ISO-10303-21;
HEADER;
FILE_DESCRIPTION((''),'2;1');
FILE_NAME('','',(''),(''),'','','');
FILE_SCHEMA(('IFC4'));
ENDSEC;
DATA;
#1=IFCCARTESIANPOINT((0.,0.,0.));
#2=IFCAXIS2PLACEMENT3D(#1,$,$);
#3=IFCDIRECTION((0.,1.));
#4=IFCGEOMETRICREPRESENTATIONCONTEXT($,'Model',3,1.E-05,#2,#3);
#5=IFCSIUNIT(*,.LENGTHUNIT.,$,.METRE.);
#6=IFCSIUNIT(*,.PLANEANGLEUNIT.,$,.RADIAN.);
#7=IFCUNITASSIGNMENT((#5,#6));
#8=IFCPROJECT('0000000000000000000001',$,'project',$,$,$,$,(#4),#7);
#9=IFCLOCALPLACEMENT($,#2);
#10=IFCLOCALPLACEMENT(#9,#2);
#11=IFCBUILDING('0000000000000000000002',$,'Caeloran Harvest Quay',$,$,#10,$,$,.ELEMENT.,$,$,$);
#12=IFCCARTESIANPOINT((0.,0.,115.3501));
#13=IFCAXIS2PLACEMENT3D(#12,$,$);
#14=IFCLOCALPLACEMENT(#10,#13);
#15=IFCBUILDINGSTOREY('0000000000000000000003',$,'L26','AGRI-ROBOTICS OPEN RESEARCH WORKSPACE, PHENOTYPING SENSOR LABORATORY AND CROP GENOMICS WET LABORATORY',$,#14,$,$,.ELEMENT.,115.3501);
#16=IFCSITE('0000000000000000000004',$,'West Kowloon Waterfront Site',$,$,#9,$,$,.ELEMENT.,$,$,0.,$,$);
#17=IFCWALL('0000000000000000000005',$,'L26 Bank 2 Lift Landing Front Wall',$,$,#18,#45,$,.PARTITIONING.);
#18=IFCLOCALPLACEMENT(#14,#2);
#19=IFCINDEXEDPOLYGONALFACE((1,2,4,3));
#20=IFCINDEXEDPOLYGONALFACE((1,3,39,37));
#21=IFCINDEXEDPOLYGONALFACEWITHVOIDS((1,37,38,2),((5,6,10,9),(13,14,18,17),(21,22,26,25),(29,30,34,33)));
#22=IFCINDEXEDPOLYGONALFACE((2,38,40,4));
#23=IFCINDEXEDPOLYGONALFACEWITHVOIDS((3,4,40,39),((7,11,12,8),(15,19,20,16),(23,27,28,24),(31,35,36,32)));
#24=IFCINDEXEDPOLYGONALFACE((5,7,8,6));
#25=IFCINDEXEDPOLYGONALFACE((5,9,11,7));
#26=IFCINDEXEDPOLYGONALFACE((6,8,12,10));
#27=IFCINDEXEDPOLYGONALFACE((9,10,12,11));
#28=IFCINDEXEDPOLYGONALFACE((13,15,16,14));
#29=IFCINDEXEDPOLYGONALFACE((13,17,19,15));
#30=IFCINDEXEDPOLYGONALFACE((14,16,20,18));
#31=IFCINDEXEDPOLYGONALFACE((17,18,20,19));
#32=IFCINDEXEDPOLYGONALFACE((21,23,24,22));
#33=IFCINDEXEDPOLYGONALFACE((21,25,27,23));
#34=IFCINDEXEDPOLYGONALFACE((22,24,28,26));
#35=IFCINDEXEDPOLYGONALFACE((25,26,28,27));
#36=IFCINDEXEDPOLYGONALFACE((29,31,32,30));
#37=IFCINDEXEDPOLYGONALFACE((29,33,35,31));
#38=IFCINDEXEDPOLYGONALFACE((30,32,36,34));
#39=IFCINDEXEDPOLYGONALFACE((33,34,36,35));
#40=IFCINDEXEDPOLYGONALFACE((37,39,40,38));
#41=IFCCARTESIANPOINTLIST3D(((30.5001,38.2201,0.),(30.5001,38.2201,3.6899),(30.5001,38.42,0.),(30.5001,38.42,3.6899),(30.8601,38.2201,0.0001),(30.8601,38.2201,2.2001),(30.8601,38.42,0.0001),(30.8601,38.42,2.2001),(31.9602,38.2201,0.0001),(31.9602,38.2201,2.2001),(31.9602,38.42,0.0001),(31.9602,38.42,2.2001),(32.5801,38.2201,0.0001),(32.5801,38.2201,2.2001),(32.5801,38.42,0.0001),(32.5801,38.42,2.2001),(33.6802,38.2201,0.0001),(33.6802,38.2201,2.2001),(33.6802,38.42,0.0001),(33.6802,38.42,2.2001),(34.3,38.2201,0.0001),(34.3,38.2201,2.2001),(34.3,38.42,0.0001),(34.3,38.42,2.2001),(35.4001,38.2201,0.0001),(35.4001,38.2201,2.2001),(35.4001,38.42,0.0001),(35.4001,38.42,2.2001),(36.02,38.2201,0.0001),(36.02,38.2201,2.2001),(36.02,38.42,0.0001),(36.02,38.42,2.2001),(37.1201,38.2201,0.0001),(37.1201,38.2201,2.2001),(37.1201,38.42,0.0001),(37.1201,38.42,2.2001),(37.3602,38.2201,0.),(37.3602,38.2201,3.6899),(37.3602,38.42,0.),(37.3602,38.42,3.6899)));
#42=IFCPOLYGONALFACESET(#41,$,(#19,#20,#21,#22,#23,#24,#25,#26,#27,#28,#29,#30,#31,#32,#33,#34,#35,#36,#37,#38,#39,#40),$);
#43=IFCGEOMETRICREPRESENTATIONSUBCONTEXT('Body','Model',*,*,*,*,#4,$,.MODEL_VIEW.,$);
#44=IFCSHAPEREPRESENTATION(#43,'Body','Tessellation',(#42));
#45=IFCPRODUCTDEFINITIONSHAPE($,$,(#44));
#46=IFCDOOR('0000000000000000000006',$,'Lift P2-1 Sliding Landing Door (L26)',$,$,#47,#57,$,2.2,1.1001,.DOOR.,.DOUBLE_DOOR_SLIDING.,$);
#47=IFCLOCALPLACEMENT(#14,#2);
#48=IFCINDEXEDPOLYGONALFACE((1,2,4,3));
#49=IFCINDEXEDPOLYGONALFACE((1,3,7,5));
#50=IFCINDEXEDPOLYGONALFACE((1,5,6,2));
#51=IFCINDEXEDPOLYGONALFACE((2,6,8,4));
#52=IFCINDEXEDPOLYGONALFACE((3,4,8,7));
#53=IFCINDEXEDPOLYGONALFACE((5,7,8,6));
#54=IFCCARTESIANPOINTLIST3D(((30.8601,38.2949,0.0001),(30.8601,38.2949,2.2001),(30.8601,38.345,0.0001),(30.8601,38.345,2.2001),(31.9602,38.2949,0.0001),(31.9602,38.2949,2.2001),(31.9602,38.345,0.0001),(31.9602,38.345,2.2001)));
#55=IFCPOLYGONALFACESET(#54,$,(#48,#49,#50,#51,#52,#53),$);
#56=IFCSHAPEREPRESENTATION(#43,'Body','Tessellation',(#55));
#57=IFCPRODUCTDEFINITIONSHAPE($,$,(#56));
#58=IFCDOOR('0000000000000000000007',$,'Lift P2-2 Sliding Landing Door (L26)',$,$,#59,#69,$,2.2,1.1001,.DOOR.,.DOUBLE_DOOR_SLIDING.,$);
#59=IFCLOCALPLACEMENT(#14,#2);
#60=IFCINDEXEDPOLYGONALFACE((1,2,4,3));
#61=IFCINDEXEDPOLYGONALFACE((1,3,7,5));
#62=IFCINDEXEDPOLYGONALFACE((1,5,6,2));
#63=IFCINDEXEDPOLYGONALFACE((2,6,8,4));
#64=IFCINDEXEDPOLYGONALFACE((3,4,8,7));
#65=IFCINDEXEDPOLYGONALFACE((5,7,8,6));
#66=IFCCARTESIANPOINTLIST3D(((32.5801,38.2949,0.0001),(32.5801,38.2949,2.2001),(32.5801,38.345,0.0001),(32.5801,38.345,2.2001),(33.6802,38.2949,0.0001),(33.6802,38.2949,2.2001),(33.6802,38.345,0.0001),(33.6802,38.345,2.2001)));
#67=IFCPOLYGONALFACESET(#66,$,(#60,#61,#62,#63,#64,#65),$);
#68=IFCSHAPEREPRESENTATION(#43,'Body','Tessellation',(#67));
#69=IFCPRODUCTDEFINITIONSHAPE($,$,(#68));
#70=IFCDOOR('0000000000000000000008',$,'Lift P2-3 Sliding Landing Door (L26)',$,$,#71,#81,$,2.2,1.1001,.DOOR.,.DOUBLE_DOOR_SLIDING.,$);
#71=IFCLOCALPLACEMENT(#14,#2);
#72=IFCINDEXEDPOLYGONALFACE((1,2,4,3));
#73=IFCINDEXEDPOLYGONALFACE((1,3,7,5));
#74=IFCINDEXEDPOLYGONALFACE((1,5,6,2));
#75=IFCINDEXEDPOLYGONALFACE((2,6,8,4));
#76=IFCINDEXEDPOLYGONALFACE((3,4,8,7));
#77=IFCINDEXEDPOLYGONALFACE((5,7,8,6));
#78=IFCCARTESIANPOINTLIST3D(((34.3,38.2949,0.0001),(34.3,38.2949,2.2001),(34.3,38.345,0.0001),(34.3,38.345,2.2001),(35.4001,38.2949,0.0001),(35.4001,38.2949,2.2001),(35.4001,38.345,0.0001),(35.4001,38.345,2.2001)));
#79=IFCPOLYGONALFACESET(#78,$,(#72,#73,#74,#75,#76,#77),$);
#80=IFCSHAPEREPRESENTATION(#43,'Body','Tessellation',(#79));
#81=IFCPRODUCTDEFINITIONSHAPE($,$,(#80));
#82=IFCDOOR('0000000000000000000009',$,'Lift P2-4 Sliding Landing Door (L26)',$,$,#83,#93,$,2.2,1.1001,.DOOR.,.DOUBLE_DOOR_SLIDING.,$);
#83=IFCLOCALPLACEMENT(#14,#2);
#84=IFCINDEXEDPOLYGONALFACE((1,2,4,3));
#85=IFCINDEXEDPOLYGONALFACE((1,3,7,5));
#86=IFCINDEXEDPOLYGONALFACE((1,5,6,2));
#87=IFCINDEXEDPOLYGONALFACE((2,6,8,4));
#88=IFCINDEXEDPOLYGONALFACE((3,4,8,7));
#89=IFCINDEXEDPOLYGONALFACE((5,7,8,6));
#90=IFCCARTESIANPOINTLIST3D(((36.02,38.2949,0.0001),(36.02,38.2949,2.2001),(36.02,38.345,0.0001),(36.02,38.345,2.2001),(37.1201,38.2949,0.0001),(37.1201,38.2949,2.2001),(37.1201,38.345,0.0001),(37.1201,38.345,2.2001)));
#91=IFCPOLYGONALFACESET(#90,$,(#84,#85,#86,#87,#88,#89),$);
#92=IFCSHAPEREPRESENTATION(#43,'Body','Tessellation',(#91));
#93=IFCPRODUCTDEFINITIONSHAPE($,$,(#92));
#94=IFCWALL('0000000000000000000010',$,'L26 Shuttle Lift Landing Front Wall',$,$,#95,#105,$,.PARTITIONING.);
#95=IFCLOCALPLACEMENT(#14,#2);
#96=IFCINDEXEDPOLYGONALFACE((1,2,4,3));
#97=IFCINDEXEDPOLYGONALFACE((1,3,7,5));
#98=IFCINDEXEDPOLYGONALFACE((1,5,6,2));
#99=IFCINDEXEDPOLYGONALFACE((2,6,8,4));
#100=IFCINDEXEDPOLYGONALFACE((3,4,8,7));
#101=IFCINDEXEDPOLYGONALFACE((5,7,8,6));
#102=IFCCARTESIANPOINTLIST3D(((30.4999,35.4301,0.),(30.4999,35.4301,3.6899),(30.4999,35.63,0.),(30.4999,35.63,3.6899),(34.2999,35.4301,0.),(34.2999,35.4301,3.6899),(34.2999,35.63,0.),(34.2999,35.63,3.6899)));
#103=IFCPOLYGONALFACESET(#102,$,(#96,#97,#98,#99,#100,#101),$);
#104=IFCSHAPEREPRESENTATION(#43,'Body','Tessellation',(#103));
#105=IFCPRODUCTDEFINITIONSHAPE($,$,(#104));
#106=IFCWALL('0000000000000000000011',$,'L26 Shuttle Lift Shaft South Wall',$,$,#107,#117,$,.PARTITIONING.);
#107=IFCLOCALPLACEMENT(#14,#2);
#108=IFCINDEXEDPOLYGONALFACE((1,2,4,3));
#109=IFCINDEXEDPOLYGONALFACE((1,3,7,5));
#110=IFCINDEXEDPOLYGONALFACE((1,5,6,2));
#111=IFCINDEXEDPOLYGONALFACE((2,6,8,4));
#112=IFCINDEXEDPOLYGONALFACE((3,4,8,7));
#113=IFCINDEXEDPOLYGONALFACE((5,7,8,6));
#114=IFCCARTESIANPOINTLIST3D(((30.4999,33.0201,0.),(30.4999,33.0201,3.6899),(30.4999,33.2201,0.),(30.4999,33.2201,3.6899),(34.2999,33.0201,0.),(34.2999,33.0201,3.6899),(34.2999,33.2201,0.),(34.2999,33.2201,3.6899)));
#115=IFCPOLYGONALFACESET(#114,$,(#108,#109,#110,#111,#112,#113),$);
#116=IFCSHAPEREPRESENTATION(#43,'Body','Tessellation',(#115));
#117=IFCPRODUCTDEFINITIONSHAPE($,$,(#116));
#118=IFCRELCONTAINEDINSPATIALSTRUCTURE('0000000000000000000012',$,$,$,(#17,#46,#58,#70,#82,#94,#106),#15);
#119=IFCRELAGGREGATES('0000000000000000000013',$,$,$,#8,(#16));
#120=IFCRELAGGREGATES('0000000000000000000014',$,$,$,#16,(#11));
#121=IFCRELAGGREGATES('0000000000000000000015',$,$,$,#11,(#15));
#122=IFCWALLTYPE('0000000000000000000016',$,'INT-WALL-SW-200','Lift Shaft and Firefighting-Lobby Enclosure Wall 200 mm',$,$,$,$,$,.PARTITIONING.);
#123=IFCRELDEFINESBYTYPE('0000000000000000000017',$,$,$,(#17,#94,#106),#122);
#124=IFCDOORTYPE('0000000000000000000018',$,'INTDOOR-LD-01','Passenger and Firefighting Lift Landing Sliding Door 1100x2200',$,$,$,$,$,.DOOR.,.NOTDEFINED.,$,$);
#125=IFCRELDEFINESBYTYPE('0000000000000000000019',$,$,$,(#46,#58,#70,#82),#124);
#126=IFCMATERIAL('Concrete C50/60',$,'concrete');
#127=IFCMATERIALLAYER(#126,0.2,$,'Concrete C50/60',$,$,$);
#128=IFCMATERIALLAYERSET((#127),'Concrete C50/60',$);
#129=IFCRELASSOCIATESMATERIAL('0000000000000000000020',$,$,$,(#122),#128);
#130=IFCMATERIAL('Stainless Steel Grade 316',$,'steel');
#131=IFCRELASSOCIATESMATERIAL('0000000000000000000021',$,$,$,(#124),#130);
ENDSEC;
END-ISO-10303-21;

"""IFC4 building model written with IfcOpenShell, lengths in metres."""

from ifc_helpers import new_model, si_unit, direction, frame, frame_2d, origin, place, context, subcontext, project, spatial, rectangle, extrude, material, layer, layer_set, type_object, element, fill, save


model = new_model("IFC4")

# Units and contexts
model_context = context("Model", 3, precision=1e-05, world=origin(), true_north=direction((0.0, 1.0)))
body_context = subcontext(model_context, "Body", "Model", "MODEL_VIEW")
ifc_project = project(units=[si_unit("LENGTHUNIT", "METRE"), si_unit("PLANEANGLEUNIT", "RADIAN")], contexts=[model_context])

# Site, building, storey
site_placement = place(None, origin())
site = spatial("IfcSite", under=ifc_project, at=site_placement, Name="West Kowloon Waterfront Site", CompositionType="ELEMENT", RefElevation=0.0)
building_placement = place(site_placement, origin())
building = spatial("IfcBuilding", under=site, at=building_placement, Name="Caeloran Harvest Quay", CompositionType="ELEMENT")
storey_placement = place(building_placement, frame((0.0, 0.0, 115.3501)))
storey = spatial("IfcBuildingStorey", under=building, at=storey_placement, Name="L26", Description="AGRI-ROBOTICS OPEN RESEARCH WORKSPACE, PHENOTYPING SENSOR LABORATORY AND CROP GENOMICS WET LABORATORY", CompositionType="ELEMENT", Elevation=115.3501)

# Shared definitions
ifc_material_1 = material(Name="Concrete C50/60", Category="concrete")
ifc_layer_1 = layer(ifc_material_1, 0.2, Name="Concrete C50/60")
ifc_layer_set_1 = layer_set([ifc_layer_1], Name="Concrete C50/60")
wall_type_1 = type_object("IfcWallType", Name="INT-WALL-SW-200", Description="Lift Shaft and Firefighting-Lobby Enclosure Wall 200 mm", PredefinedType="PARTITIONING", material=ifc_layer_set_1)

# Wall, openings, doors
wall_1_placement = place(storey_placement, frame((30.5, 38.3201, 0.0), z_axis=(0.0, 0.0, 1.0), x_axis=(1.0, 0.0, 0.0)))
wall_1 = element("IfcWall", 1, at=wall_1_placement, inside=storey, type_object=wall_type_1, Name="L26 Bank 2 Lift Landing Front Wall", PredefinedType="PARTITIONING", context=body_context, shape_type="SweptSolid", body=[
    extrude(rectangle(XDim=6.8601, YDim=0.2, at=frame_2d((3.4302, 0.0))), origin(), (0.0, 0.0, 1.0), 3.6899),
])
opening_1_placement = place(wall_1_placement, frame((0.3601, 0.0, 0.0)))
opening_1 = element("IfcOpeningElement", 2, at=opening_1_placement, cuts=wall_1, PredefinedType="OPENING", context=body_context, shape_type="SweptSolid", body=[
    extrude(rectangle(XDim=1.1001, YDim=2.2, at=frame_2d((0.55, 1.1001))), frame((0.0, 0.1099, 0.0), z_axis=(0.0, -1.0, 0.0), x_axis=(1.0, 0.0, 0.0)), (0.0, 0.0, 1.0), 0.22),
])
opening_2_placement = place(wall_1_placement, frame((2.0801, 0.0, 0.0)))
opening_2 = element("IfcOpeningElement", 3, at=opening_2_placement, cuts=wall_1, PredefinedType="OPENING", context=body_context, shape_type="SweptSolid", body=[
    extrude(rectangle(XDim=1.1001, YDim=2.2, at=frame_2d((0.55, 1.1001))), frame((0.0, 0.1099, 0.0), z_axis=(0.0, -1.0, 0.0), x_axis=(1.0, 0.0, 0.0)), (0.0, 0.0, 1.0), 0.22),
])
opening_3_placement = place(wall_1_placement, frame((3.8, 0.0, 0.0)))
opening_3 = element("IfcOpeningElement", 4, at=opening_3_placement, cuts=wall_1, PredefinedType="OPENING", context=body_context, shape_type="SweptSolid", body=[
    extrude(rectangle(XDim=1.1001, YDim=2.2, at=frame_2d((0.55, 1.1001))), frame((0.0, 0.1099, 0.0), z_axis=(0.0, -1.0, 0.0), x_axis=(1.0, 0.0, 0.0)), (0.0, 0.0, 1.0), 0.22),
])
opening_4_placement = place(wall_1_placement, frame((5.52, 0.0, 0.0)))
opening_4 = element("IfcOpeningElement", 5, at=opening_4_placement, cuts=wall_1, PredefinedType="OPENING", context=body_context, shape_type="SweptSolid", body=[
    extrude(rectangle(XDim=1.1001, YDim=2.2, at=frame_2d((0.55, 1.1001))), frame((0.0, 0.1099, 0.0), z_axis=(0.0, -1.0, 0.0), x_axis=(1.0, 0.0, 0.0)), (0.0, 0.0, 1.0), 0.22),
])
ifc_material_2 = material(Name="Stainless Steel Grade 316", Category="steel")
door_type_1 = type_object("IfcDoorType", Name="INTDOOR-LD-01", Description="Passenger and Firefighting Lift Landing Sliding Door 1100x2200", OperationType="NOTDEFINED", PredefinedType="DOOR", material=ifc_material_2)
door_1_placement = place(opening_1_placement, origin())
door_1 = element("IfcDoor", 6, at=door_1_placement, inside=storey, type_object=door_type_1, Name="Lift P2-1 Sliding Landing Door (L26)", OperationType="DOUBLE_DOOR_SLIDING", OverallHeight=2.2, OverallWidth=1.1001, PredefinedType="DOOR", context=body_context, shape_type="SweptSolid", body=[
    extrude(rectangle(XDim=1.1001, YDim=2.2, at=frame_2d((0.55, 1.1001))), frame((0.0, 0.0249, 0.0), z_axis=(0.0, -1.0, 0.0), x_axis=(1.0, 0.0, 0.0)), (0.0, 0.0, 1.0), 0.05),
])
fill(opening_1, door_1)
door_2_placement = place(opening_2_placement, origin())
door_2 = element("IfcDoor", 7, at=door_2_placement, inside=storey, type_object=door_type_1, Name="Lift P2-2 Sliding Landing Door (L26)", OperationType="DOUBLE_DOOR_SLIDING", OverallHeight=2.2, OverallWidth=1.1001, PredefinedType="DOOR", context=body_context, shape_type="SweptSolid", body=[
    extrude(rectangle(XDim=1.1001, YDim=2.2, at=frame_2d((0.55, 1.1001))), frame((0.0, 0.0249, 0.0), z_axis=(0.0, -1.0, 0.0), x_axis=(1.0, 0.0, 0.0)), (0.0, 0.0, 1.0), 0.05),
])
fill(opening_2, door_2)
door_3_placement = place(opening_3_placement, origin())
door_3 = element("IfcDoor", 8, at=door_3_placement, inside=storey, type_object=door_type_1, Name="Lift P2-3 Sliding Landing Door (L26)", OperationType="DOUBLE_DOOR_SLIDING", OverallHeight=2.2, OverallWidth=1.1001, PredefinedType="DOOR", context=body_context, shape_type="SweptSolid", body=[
    extrude(rectangle(XDim=1.1001, YDim=2.2, at=frame_2d((0.55, 1.1001))), frame((0.0, 0.0249, 0.0), z_axis=(0.0, -1.0, 0.0), x_axis=(1.0, 0.0, 0.0)), (0.0, 0.0, 1.0), 0.05),
])
fill(opening_3, door_3)
door_4_placement = place(opening_4_placement, origin())
door_4 = element("IfcDoor", 9, at=door_4_placement, inside=storey, type_object=door_type_1, Name="Lift P2-4 Sliding Landing Door (L26)", OperationType="DOUBLE_DOOR_SLIDING", OverallHeight=2.2, OverallWidth=1.1001, PredefinedType="DOOR", context=body_context, shape_type="SweptSolid", body=[
    extrude(rectangle(XDim=1.1001, YDim=2.2, at=frame_2d((0.55, 1.1001))), frame((0.0, 0.0249, 0.0), z_axis=(0.0, -1.0, 0.0), x_axis=(1.0, 0.0, 0.0)), (0.0, 0.0, 1.0), 0.05),
])
fill(opening_4, door_4)

# Walls
for number, where, z_axis, x_axis, name in (
    (10, (30.5, 35.53, 0.0), (0.0, 0.0, 1.0), (1.0, 0.0, 0.0), "L26 Shuttle Lift Landing Front Wall"),
    (11, (30.5, 33.1201, 0.0), (0.0, 0.0, 1.0), (1.0, 0.0, 0.0), "L26 Shuttle Lift Shaft South Wall"),
):
    element("IfcWall", number, at=place(storey_placement, frame(where, z_axis=z_axis, x_axis=x_axis)), inside=storey, type_object=wall_type_1, Name=name, PredefinedType="PARTITIONING", context=body_context, shape_type="SweptSolid", body=[
        extrude(rectangle(XDim=3.8, YDim=0.2, at=frame_2d((1.8999, 0.0))), origin(), (0.0, 0.0, 1.0), 3.6899),
    ])

save(model, "model.ifc")
